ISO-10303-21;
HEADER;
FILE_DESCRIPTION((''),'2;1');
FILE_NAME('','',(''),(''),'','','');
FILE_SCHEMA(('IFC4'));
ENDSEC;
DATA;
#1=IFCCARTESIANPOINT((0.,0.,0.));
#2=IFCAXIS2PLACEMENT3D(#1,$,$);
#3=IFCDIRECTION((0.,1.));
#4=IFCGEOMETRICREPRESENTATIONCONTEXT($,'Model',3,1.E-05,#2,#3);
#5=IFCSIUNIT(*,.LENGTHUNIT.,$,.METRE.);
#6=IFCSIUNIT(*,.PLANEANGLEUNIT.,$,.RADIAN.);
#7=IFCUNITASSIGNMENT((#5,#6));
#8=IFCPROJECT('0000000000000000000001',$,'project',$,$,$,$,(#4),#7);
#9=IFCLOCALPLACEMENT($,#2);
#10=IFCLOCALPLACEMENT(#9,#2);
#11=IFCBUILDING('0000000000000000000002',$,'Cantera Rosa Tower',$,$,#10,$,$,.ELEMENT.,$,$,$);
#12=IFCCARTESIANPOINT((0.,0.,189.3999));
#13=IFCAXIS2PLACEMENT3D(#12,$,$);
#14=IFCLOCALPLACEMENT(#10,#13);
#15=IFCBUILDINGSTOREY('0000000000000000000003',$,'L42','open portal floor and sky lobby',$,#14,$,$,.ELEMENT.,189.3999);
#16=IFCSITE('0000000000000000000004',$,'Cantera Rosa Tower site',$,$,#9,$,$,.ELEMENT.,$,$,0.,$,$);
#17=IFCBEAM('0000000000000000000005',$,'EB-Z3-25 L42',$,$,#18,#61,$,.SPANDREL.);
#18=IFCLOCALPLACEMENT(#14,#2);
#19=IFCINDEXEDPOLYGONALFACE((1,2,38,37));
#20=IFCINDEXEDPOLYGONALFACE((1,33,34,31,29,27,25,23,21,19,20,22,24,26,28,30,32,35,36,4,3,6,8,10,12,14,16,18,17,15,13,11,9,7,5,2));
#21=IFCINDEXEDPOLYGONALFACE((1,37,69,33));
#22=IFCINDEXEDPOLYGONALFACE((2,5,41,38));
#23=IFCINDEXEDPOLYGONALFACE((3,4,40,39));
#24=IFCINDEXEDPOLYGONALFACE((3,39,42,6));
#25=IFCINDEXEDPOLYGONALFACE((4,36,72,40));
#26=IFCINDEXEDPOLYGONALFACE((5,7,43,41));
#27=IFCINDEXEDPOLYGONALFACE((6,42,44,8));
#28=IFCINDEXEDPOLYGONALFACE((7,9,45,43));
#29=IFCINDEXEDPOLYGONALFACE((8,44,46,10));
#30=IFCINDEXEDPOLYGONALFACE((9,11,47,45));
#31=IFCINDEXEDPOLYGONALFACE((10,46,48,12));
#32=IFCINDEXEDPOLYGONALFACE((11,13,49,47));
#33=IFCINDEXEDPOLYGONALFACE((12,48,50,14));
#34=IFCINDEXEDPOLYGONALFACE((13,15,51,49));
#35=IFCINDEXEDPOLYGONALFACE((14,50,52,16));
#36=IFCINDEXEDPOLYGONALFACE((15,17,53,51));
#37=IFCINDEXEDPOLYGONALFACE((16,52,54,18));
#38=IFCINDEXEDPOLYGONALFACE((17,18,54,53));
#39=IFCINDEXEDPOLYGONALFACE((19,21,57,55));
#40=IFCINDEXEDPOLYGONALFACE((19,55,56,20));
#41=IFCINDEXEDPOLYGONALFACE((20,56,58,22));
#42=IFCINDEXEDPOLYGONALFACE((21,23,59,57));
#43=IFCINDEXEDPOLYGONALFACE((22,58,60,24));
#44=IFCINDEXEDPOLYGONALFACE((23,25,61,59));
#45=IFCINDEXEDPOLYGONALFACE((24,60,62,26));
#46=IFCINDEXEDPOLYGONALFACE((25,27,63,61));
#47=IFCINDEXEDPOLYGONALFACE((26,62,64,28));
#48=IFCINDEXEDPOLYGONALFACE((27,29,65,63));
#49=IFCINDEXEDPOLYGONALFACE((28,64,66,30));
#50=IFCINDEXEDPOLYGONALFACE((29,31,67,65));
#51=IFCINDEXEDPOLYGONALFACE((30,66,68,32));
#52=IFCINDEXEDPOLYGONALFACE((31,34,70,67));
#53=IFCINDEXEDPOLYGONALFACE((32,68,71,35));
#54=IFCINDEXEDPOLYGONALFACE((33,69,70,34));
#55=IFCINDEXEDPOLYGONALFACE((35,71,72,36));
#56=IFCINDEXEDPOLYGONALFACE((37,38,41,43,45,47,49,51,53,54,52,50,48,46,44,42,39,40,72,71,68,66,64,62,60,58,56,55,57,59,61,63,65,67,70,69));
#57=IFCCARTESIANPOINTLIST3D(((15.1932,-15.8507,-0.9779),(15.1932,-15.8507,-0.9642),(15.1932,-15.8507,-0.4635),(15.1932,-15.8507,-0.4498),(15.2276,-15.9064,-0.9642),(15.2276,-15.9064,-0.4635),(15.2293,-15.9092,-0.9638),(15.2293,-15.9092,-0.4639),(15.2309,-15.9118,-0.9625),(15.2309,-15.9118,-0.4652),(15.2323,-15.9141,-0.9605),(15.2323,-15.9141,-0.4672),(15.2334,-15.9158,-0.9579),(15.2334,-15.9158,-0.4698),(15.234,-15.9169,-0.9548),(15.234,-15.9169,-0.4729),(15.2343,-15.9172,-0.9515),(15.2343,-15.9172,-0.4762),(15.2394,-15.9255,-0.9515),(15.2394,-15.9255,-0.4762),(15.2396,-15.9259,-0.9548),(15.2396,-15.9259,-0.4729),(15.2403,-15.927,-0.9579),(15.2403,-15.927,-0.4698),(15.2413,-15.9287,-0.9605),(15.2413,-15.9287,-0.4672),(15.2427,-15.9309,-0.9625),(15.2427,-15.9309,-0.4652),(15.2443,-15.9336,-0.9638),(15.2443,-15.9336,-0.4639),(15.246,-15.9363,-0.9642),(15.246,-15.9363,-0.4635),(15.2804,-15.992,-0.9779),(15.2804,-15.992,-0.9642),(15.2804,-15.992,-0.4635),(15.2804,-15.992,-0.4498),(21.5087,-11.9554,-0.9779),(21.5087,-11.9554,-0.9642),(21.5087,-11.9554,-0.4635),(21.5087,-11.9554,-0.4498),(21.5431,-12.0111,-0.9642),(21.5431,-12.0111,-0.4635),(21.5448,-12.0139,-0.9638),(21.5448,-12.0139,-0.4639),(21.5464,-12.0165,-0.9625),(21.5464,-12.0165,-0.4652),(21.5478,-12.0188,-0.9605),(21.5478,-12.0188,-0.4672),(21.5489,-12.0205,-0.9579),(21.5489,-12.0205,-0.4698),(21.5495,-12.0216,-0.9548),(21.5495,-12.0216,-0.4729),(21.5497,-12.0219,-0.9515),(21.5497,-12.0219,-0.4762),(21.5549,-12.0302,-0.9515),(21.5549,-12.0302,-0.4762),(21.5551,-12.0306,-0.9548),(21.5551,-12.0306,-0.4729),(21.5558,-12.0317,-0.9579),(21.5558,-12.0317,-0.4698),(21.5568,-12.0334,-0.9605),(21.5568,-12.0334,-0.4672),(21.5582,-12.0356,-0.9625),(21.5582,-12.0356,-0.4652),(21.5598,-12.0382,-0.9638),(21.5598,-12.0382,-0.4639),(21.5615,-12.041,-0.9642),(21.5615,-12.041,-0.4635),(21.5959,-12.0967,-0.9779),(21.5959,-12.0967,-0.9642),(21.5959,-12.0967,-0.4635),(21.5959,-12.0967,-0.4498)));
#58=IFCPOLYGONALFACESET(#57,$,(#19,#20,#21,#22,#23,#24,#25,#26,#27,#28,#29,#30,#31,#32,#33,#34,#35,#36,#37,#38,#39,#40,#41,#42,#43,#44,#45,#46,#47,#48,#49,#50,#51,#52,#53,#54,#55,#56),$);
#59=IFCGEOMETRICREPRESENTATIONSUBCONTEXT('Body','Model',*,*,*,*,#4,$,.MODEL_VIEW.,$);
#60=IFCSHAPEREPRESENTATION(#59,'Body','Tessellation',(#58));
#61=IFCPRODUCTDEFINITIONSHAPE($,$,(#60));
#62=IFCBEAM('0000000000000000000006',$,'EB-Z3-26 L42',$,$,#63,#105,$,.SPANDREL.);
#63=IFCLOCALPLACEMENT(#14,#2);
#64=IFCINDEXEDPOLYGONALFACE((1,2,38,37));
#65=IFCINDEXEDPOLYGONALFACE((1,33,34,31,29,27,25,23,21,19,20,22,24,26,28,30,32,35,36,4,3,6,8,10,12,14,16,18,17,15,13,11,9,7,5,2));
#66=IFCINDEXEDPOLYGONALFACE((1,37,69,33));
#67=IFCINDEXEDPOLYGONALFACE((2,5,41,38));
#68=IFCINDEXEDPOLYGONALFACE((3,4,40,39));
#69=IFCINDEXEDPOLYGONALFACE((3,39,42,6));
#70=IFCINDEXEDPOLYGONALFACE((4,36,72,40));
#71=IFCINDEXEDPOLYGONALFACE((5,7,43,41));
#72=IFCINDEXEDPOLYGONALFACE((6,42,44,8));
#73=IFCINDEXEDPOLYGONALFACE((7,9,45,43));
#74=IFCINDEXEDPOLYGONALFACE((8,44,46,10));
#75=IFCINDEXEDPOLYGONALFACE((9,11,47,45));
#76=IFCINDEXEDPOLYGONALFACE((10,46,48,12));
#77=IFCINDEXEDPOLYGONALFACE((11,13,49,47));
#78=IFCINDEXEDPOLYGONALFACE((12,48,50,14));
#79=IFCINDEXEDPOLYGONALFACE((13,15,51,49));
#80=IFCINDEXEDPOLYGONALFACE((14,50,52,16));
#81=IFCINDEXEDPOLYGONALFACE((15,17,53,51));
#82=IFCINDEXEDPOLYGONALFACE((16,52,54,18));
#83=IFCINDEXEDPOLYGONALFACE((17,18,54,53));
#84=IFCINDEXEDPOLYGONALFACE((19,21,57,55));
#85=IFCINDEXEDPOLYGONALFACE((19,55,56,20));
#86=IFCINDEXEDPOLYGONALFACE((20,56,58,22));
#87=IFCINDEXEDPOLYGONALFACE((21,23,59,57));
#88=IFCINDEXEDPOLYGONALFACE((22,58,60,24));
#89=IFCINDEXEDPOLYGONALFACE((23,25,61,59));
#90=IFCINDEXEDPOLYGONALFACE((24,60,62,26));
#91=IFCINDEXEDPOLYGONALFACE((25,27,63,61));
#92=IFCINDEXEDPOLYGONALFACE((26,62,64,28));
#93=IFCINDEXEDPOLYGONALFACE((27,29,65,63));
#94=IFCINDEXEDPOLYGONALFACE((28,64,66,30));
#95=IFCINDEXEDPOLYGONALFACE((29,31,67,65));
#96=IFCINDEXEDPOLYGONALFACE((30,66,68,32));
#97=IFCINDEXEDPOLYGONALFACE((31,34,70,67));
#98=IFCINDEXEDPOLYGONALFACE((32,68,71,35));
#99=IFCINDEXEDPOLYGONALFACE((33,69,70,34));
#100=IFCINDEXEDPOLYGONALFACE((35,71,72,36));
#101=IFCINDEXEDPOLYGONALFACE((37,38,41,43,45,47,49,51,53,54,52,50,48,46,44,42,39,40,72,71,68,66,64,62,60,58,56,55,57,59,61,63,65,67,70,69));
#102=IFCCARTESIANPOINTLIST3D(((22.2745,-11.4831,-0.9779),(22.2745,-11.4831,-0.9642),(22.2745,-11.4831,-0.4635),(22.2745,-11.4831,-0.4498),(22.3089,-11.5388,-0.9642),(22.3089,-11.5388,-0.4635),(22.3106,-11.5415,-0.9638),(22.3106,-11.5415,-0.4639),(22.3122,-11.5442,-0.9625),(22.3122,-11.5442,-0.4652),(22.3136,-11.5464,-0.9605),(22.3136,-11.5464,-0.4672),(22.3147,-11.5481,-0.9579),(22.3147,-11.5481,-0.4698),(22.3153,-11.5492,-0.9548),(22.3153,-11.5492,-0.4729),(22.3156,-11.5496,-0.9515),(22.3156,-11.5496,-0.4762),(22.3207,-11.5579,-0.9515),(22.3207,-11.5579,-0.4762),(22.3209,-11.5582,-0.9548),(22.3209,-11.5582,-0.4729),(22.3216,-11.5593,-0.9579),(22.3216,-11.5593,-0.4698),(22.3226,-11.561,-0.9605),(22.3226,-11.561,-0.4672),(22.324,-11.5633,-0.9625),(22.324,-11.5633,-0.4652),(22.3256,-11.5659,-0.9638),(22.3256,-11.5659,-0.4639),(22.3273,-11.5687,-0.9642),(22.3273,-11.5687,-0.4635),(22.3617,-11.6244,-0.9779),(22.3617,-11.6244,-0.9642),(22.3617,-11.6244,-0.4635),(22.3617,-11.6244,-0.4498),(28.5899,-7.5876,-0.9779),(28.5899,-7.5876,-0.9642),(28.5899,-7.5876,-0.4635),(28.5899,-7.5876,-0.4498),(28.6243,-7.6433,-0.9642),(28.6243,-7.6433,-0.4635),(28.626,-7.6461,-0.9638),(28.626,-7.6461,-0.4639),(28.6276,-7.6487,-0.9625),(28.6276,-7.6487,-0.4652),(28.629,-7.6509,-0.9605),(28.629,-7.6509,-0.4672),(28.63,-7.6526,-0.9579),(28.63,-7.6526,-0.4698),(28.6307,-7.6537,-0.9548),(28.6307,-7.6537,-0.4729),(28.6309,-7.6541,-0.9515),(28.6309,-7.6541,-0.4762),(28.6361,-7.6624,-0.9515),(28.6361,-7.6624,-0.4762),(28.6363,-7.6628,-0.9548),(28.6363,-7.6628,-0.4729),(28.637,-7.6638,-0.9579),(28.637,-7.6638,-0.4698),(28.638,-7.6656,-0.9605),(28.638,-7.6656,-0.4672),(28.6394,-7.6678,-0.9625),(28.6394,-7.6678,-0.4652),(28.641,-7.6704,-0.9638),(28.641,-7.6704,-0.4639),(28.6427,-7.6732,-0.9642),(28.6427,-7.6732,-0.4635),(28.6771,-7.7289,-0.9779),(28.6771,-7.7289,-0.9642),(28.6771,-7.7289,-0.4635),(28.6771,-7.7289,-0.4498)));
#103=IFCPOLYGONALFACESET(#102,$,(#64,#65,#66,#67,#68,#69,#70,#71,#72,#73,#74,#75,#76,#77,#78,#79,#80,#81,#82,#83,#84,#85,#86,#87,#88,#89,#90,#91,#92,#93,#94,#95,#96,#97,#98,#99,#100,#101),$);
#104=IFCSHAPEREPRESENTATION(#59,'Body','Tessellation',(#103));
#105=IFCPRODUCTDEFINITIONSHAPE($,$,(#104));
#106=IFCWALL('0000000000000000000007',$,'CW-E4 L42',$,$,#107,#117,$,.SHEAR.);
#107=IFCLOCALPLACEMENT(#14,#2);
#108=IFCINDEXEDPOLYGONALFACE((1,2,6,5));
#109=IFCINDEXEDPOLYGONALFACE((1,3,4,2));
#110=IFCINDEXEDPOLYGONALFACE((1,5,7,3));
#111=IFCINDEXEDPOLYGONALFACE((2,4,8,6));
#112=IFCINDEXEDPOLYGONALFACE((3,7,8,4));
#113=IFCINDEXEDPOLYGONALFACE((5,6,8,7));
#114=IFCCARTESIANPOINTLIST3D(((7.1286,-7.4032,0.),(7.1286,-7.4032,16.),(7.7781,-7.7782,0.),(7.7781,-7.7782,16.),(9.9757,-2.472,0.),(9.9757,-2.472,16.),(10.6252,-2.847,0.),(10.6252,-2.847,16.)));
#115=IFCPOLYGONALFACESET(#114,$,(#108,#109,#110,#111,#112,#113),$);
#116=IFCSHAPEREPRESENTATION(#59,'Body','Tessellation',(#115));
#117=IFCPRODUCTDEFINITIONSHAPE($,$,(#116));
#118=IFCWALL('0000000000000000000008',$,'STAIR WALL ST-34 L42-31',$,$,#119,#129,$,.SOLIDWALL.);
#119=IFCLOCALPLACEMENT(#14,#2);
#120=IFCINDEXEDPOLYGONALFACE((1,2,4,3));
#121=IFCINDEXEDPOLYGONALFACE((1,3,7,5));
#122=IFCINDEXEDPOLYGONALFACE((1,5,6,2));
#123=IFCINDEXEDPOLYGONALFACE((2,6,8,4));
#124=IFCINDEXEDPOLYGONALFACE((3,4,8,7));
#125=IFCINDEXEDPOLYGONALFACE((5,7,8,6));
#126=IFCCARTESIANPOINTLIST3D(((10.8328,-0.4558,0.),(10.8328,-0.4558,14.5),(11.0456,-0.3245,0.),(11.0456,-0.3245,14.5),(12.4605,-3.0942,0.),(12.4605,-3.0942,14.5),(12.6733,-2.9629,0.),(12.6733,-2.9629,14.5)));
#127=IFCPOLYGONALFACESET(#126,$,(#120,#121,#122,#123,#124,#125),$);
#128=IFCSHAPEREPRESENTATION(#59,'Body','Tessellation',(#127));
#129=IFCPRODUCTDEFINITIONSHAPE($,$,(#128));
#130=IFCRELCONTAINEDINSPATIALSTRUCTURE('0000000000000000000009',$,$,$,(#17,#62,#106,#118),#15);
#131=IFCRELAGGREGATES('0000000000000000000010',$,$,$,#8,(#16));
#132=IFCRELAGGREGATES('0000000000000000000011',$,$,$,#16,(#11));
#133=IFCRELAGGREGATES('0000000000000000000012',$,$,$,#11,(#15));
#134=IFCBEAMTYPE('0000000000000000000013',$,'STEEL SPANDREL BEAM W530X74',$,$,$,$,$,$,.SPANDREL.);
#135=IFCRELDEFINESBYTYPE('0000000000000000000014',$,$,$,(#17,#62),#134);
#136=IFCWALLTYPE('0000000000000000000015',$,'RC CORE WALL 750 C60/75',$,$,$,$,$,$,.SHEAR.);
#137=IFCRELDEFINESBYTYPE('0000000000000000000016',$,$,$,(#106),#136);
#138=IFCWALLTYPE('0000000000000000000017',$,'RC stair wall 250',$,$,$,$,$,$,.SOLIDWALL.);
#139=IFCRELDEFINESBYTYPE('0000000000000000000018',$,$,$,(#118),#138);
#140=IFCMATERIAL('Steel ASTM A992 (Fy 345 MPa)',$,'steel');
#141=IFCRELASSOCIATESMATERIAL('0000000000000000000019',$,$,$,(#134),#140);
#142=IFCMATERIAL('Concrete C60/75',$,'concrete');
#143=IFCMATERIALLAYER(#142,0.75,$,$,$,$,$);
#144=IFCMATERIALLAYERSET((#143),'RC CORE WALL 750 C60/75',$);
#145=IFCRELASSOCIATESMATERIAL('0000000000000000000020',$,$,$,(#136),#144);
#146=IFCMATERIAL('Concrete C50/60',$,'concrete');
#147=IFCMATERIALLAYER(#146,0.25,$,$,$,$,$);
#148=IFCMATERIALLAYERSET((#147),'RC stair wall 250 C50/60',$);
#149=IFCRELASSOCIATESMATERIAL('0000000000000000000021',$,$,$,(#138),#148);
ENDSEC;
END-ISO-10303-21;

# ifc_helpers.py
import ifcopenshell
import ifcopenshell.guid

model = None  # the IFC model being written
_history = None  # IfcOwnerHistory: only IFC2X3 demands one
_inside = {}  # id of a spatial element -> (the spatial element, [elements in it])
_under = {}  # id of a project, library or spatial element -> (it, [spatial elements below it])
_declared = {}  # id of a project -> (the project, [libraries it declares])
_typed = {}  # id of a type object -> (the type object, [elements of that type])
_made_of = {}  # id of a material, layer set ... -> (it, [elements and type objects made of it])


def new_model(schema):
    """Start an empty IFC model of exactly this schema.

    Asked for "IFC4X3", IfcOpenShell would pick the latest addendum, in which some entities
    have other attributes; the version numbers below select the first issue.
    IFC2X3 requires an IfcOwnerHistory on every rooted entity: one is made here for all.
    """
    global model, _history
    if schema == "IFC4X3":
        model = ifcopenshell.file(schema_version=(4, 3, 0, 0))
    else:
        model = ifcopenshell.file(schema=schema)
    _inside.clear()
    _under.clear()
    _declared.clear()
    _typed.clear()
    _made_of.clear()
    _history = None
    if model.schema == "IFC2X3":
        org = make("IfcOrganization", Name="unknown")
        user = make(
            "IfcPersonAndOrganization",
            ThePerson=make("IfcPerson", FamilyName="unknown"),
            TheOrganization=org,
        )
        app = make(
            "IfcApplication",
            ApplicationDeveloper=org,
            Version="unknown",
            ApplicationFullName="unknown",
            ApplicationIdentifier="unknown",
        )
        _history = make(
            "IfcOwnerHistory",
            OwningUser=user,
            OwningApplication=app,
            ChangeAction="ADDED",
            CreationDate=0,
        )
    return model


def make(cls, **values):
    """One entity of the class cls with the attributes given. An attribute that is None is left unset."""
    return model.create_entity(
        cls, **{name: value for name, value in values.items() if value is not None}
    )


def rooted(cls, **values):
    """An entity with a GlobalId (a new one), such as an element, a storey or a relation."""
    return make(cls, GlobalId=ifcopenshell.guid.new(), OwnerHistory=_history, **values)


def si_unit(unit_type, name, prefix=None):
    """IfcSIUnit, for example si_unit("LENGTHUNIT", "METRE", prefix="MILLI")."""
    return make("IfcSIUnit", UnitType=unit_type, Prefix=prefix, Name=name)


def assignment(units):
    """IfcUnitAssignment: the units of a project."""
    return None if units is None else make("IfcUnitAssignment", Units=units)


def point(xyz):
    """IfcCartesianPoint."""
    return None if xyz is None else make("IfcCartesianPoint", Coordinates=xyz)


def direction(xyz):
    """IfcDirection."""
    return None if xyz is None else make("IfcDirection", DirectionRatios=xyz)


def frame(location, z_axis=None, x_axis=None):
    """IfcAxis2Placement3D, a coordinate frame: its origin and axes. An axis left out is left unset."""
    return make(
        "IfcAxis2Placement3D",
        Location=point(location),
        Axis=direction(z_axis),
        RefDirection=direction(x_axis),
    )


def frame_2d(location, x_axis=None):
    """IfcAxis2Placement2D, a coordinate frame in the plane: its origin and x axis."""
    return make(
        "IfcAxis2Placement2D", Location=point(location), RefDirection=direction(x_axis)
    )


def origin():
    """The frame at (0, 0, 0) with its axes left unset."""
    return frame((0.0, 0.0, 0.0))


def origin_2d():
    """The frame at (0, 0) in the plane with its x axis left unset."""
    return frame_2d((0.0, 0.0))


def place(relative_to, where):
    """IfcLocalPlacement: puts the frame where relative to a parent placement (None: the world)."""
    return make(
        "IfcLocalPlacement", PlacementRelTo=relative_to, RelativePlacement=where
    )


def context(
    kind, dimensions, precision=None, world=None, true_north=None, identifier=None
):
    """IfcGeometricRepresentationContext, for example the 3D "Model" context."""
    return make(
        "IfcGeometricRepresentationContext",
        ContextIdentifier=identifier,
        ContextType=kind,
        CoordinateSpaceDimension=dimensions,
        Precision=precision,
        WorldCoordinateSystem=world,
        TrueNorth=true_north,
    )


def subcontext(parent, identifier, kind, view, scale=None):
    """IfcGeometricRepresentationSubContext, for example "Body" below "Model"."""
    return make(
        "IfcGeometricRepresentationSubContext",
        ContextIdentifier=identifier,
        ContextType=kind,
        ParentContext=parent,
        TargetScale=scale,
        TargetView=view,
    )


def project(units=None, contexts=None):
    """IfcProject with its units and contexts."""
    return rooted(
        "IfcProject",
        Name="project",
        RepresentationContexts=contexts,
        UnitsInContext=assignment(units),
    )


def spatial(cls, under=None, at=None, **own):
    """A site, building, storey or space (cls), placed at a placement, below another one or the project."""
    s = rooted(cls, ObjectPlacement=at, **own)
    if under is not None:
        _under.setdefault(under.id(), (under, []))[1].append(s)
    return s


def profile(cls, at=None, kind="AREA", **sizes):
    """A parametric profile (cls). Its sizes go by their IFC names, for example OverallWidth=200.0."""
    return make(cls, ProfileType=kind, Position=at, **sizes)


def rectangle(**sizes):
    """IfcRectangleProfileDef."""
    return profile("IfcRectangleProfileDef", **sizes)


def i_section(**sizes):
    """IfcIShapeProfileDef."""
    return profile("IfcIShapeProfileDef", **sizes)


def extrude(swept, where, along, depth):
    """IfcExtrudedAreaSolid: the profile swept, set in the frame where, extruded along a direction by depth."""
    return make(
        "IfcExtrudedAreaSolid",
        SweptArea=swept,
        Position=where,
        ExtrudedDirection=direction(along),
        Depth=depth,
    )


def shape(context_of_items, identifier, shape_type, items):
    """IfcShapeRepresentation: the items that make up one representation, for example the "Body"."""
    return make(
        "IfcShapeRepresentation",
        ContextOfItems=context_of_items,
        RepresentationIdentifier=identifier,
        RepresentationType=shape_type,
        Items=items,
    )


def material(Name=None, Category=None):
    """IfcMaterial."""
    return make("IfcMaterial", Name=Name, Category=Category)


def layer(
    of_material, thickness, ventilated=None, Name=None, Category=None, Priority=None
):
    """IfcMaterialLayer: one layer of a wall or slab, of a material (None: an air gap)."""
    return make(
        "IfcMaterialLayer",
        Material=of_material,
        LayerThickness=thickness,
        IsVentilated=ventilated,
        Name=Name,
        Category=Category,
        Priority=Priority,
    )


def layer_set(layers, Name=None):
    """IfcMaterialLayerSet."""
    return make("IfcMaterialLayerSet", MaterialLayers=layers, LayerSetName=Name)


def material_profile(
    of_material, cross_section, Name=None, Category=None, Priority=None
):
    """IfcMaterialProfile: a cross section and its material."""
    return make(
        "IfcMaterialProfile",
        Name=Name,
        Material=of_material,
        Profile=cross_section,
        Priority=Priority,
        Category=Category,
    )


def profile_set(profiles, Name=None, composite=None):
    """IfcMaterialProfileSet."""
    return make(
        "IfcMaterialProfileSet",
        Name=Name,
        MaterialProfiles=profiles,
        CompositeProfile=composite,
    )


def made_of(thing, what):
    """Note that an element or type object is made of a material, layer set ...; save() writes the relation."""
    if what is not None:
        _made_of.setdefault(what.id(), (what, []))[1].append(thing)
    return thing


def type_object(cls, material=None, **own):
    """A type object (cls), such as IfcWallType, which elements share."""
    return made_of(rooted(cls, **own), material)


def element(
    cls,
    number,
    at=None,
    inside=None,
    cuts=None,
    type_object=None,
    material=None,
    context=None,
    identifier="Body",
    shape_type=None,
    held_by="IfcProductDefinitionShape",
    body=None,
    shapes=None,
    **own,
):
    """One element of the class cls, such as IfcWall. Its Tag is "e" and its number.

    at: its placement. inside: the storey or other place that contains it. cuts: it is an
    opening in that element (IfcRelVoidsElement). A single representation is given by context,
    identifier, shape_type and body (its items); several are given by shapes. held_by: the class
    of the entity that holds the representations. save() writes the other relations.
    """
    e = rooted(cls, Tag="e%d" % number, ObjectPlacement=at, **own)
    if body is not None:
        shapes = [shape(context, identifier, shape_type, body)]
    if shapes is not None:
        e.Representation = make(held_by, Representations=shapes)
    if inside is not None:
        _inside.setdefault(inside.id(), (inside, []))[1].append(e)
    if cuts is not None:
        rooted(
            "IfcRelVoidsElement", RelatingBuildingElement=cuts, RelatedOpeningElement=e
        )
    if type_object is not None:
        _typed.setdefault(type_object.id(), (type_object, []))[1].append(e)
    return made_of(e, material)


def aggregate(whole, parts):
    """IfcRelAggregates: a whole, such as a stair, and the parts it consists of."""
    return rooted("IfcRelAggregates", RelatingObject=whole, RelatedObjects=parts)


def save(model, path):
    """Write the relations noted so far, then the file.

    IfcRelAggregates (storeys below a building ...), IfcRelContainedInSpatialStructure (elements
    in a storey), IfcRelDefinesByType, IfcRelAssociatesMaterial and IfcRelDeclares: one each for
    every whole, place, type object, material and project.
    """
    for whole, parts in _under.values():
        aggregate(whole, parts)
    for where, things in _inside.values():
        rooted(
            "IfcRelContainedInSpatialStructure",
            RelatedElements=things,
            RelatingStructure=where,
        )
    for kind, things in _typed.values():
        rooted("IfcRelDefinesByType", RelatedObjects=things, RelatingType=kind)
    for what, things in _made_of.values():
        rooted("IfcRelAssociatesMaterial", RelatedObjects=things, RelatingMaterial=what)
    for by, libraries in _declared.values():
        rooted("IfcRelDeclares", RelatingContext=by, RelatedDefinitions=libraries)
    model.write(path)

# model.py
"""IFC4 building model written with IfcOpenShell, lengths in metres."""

from ifc_helpers import new_model, si_unit, direction, frame, frame_2d, origin, origin_2d, place, context, subcontext, project, spatial, rectangle, i_section, extrude, material, layer, layer_set, material_profile, profile_set, type_object, element, save


model = new_model("IFC4")

# Units and contexts
model_context = context("Model", 3, precision=1e-05, world=origin(), true_north=direction((0.0, 1.0)))
body_context = subcontext(model_context, "Body", "Model", "MODEL_VIEW")
ifc_project = project(units=[si_unit("LENGTHUNIT", "METRE"), si_unit("PLANEANGLEUNIT", "RADIAN")], contexts=[model_context])

# Site, building, storey
site_placement = place(None, origin())
site = spatial("IfcSite", under=ifc_project, at=site_placement, Name="Cantera Rosa Tower site", CompositionType="ELEMENT", RefElevation=0.0)
building_placement = place(site_placement, origin())
building = spatial("IfcBuilding", under=site, at=building_placement, Name="Cantera Rosa Tower", CompositionType="ELEMENT")
storey_placement = place(building_placement, frame((0.0, 0.0, 189.3999)))
storey = spatial("IfcBuildingStorey", under=building, at=storey_placement, Name="L42", Description="open portal floor and sky lobby", CompositionType="ELEMENT", Elevation=189.3999)

# Beams
ifc_material_1 = material(Name="Steel ASTM A992 (Fy 345 MPa)", Category="steel")
ifc_material_profile_1 = material_profile(ifc_material_1, i_section(OverallWidth=0.166, OverallDepth=0.5281, WebThickness=0.0098, FlangeThickness=0.0137, FilletRadius=0.0127, at=origin_2d()), Name="W530X74")
ifc_profile_set_1 = profile_set([ifc_material_profile_1], Name="Steel ASTM A992 (Fy 345 MPa)")
beam_type_1 = type_object("IfcBeamType", Name="STEEL SPANDREL BEAM W530X74", PredefinedType="SPANDREL", material=ifc_profile_set_1)
for number, where, z_axis, x_axis, name in (
    (1, (15.2368, -15.9214, -0.7139), (0.851126, 0.524962, 0.0), (-0.524962, 0.851126, 0.0), "EB-Z3-25 L42"),
    (2, (22.3181, -11.5537, -0.7139), (0.851111, 0.524986, 0.0), (-0.524986, 0.851111, 0.0), "EB-Z3-26 L42"),
):
    element("IfcBeam", number, at=place(storey_placement, frame(where, z_axis=z_axis, x_axis=x_axis)), inside=storey, type_object=beam_type_1, Name=name, PredefinedType="SPANDREL", context=body_context, shape_type="SweptSolid", body=[
        extrude(i_section(OverallWidth=0.166, OverallDepth=0.5281, WebThickness=0.0098, FlangeThickness=0.0137, FilletRadius=0.0127, at=origin_2d()), origin(), (0.0, 0.0, 1.0), 7.4202),
    ])

# Walls
ifc_material_2 = material(Name="Concrete C60/75", Category="concrete")
ifc_layer_1 = layer(ifc_material_2, 0.75)
ifc_layer_set_1 = layer_set([ifc_layer_1], Name="RC CORE WALL 750 C60/75")
wall_type_1 = type_object("IfcWallType", Name="RC CORE WALL 750 C60/75", PredefinedType="SHEAR", material=ifc_layer_set_1)
wall_1_placement = place(storey_placement, frame((10.3005, -2.6594, 0.0), z_axis=(0.0, 0.0, 1.0), x_axis=(-0.500022, -0.866013, 0.0)))
element("IfcWall", 3, at=wall_1_placement, inside=storey, type_object=wall_type_1, Name="CW-E4 L42", PredefinedType="SHEAR", context=body_context, shape_type="SweptSolid", body=[
    extrude(rectangle(XDim=5.6941, YDim=0.75, at=frame_2d((2.8472, 0.0))), origin(), (0.0, 0.0, 1.0), 16.0),
])
ifc_material_3 = material(Name="Concrete C50/60", Category="concrete")
ifc_layer_2 = layer(ifc_material_3, 0.25)
ifc_layer_set_2 = layer_set([ifc_layer_2], Name="RC stair wall 250 C50/60")
wall_type_2 = type_object("IfcWallType", Name="RC stair wall 250", PredefinedType="SOLIDWALL", material=ifc_layer_set_2)
wall_2_placement = place(storey_placement, frame((12.5669, -3.0286, 0.0), z_axis=(0.0, 0.0, 1.0), x_axis=(-0.525042, 0.851076, 0.0)))
element("IfcWall", 4, at=wall_2_placement, inside=storey, type_object=wall_type_2, Name="STAIR WALL ST-34 L42-31", PredefinedType="SOLIDWALL", context=body_context, shape_type="SweptSolid", body=[
    extrude(rectangle(XDim=3.1001, YDim=0.25, at=frame_2d((1.55, 0.0))), origin(), (0.0, 0.0, 1.0), 14.5),
])

save(model, "model.ifc")
